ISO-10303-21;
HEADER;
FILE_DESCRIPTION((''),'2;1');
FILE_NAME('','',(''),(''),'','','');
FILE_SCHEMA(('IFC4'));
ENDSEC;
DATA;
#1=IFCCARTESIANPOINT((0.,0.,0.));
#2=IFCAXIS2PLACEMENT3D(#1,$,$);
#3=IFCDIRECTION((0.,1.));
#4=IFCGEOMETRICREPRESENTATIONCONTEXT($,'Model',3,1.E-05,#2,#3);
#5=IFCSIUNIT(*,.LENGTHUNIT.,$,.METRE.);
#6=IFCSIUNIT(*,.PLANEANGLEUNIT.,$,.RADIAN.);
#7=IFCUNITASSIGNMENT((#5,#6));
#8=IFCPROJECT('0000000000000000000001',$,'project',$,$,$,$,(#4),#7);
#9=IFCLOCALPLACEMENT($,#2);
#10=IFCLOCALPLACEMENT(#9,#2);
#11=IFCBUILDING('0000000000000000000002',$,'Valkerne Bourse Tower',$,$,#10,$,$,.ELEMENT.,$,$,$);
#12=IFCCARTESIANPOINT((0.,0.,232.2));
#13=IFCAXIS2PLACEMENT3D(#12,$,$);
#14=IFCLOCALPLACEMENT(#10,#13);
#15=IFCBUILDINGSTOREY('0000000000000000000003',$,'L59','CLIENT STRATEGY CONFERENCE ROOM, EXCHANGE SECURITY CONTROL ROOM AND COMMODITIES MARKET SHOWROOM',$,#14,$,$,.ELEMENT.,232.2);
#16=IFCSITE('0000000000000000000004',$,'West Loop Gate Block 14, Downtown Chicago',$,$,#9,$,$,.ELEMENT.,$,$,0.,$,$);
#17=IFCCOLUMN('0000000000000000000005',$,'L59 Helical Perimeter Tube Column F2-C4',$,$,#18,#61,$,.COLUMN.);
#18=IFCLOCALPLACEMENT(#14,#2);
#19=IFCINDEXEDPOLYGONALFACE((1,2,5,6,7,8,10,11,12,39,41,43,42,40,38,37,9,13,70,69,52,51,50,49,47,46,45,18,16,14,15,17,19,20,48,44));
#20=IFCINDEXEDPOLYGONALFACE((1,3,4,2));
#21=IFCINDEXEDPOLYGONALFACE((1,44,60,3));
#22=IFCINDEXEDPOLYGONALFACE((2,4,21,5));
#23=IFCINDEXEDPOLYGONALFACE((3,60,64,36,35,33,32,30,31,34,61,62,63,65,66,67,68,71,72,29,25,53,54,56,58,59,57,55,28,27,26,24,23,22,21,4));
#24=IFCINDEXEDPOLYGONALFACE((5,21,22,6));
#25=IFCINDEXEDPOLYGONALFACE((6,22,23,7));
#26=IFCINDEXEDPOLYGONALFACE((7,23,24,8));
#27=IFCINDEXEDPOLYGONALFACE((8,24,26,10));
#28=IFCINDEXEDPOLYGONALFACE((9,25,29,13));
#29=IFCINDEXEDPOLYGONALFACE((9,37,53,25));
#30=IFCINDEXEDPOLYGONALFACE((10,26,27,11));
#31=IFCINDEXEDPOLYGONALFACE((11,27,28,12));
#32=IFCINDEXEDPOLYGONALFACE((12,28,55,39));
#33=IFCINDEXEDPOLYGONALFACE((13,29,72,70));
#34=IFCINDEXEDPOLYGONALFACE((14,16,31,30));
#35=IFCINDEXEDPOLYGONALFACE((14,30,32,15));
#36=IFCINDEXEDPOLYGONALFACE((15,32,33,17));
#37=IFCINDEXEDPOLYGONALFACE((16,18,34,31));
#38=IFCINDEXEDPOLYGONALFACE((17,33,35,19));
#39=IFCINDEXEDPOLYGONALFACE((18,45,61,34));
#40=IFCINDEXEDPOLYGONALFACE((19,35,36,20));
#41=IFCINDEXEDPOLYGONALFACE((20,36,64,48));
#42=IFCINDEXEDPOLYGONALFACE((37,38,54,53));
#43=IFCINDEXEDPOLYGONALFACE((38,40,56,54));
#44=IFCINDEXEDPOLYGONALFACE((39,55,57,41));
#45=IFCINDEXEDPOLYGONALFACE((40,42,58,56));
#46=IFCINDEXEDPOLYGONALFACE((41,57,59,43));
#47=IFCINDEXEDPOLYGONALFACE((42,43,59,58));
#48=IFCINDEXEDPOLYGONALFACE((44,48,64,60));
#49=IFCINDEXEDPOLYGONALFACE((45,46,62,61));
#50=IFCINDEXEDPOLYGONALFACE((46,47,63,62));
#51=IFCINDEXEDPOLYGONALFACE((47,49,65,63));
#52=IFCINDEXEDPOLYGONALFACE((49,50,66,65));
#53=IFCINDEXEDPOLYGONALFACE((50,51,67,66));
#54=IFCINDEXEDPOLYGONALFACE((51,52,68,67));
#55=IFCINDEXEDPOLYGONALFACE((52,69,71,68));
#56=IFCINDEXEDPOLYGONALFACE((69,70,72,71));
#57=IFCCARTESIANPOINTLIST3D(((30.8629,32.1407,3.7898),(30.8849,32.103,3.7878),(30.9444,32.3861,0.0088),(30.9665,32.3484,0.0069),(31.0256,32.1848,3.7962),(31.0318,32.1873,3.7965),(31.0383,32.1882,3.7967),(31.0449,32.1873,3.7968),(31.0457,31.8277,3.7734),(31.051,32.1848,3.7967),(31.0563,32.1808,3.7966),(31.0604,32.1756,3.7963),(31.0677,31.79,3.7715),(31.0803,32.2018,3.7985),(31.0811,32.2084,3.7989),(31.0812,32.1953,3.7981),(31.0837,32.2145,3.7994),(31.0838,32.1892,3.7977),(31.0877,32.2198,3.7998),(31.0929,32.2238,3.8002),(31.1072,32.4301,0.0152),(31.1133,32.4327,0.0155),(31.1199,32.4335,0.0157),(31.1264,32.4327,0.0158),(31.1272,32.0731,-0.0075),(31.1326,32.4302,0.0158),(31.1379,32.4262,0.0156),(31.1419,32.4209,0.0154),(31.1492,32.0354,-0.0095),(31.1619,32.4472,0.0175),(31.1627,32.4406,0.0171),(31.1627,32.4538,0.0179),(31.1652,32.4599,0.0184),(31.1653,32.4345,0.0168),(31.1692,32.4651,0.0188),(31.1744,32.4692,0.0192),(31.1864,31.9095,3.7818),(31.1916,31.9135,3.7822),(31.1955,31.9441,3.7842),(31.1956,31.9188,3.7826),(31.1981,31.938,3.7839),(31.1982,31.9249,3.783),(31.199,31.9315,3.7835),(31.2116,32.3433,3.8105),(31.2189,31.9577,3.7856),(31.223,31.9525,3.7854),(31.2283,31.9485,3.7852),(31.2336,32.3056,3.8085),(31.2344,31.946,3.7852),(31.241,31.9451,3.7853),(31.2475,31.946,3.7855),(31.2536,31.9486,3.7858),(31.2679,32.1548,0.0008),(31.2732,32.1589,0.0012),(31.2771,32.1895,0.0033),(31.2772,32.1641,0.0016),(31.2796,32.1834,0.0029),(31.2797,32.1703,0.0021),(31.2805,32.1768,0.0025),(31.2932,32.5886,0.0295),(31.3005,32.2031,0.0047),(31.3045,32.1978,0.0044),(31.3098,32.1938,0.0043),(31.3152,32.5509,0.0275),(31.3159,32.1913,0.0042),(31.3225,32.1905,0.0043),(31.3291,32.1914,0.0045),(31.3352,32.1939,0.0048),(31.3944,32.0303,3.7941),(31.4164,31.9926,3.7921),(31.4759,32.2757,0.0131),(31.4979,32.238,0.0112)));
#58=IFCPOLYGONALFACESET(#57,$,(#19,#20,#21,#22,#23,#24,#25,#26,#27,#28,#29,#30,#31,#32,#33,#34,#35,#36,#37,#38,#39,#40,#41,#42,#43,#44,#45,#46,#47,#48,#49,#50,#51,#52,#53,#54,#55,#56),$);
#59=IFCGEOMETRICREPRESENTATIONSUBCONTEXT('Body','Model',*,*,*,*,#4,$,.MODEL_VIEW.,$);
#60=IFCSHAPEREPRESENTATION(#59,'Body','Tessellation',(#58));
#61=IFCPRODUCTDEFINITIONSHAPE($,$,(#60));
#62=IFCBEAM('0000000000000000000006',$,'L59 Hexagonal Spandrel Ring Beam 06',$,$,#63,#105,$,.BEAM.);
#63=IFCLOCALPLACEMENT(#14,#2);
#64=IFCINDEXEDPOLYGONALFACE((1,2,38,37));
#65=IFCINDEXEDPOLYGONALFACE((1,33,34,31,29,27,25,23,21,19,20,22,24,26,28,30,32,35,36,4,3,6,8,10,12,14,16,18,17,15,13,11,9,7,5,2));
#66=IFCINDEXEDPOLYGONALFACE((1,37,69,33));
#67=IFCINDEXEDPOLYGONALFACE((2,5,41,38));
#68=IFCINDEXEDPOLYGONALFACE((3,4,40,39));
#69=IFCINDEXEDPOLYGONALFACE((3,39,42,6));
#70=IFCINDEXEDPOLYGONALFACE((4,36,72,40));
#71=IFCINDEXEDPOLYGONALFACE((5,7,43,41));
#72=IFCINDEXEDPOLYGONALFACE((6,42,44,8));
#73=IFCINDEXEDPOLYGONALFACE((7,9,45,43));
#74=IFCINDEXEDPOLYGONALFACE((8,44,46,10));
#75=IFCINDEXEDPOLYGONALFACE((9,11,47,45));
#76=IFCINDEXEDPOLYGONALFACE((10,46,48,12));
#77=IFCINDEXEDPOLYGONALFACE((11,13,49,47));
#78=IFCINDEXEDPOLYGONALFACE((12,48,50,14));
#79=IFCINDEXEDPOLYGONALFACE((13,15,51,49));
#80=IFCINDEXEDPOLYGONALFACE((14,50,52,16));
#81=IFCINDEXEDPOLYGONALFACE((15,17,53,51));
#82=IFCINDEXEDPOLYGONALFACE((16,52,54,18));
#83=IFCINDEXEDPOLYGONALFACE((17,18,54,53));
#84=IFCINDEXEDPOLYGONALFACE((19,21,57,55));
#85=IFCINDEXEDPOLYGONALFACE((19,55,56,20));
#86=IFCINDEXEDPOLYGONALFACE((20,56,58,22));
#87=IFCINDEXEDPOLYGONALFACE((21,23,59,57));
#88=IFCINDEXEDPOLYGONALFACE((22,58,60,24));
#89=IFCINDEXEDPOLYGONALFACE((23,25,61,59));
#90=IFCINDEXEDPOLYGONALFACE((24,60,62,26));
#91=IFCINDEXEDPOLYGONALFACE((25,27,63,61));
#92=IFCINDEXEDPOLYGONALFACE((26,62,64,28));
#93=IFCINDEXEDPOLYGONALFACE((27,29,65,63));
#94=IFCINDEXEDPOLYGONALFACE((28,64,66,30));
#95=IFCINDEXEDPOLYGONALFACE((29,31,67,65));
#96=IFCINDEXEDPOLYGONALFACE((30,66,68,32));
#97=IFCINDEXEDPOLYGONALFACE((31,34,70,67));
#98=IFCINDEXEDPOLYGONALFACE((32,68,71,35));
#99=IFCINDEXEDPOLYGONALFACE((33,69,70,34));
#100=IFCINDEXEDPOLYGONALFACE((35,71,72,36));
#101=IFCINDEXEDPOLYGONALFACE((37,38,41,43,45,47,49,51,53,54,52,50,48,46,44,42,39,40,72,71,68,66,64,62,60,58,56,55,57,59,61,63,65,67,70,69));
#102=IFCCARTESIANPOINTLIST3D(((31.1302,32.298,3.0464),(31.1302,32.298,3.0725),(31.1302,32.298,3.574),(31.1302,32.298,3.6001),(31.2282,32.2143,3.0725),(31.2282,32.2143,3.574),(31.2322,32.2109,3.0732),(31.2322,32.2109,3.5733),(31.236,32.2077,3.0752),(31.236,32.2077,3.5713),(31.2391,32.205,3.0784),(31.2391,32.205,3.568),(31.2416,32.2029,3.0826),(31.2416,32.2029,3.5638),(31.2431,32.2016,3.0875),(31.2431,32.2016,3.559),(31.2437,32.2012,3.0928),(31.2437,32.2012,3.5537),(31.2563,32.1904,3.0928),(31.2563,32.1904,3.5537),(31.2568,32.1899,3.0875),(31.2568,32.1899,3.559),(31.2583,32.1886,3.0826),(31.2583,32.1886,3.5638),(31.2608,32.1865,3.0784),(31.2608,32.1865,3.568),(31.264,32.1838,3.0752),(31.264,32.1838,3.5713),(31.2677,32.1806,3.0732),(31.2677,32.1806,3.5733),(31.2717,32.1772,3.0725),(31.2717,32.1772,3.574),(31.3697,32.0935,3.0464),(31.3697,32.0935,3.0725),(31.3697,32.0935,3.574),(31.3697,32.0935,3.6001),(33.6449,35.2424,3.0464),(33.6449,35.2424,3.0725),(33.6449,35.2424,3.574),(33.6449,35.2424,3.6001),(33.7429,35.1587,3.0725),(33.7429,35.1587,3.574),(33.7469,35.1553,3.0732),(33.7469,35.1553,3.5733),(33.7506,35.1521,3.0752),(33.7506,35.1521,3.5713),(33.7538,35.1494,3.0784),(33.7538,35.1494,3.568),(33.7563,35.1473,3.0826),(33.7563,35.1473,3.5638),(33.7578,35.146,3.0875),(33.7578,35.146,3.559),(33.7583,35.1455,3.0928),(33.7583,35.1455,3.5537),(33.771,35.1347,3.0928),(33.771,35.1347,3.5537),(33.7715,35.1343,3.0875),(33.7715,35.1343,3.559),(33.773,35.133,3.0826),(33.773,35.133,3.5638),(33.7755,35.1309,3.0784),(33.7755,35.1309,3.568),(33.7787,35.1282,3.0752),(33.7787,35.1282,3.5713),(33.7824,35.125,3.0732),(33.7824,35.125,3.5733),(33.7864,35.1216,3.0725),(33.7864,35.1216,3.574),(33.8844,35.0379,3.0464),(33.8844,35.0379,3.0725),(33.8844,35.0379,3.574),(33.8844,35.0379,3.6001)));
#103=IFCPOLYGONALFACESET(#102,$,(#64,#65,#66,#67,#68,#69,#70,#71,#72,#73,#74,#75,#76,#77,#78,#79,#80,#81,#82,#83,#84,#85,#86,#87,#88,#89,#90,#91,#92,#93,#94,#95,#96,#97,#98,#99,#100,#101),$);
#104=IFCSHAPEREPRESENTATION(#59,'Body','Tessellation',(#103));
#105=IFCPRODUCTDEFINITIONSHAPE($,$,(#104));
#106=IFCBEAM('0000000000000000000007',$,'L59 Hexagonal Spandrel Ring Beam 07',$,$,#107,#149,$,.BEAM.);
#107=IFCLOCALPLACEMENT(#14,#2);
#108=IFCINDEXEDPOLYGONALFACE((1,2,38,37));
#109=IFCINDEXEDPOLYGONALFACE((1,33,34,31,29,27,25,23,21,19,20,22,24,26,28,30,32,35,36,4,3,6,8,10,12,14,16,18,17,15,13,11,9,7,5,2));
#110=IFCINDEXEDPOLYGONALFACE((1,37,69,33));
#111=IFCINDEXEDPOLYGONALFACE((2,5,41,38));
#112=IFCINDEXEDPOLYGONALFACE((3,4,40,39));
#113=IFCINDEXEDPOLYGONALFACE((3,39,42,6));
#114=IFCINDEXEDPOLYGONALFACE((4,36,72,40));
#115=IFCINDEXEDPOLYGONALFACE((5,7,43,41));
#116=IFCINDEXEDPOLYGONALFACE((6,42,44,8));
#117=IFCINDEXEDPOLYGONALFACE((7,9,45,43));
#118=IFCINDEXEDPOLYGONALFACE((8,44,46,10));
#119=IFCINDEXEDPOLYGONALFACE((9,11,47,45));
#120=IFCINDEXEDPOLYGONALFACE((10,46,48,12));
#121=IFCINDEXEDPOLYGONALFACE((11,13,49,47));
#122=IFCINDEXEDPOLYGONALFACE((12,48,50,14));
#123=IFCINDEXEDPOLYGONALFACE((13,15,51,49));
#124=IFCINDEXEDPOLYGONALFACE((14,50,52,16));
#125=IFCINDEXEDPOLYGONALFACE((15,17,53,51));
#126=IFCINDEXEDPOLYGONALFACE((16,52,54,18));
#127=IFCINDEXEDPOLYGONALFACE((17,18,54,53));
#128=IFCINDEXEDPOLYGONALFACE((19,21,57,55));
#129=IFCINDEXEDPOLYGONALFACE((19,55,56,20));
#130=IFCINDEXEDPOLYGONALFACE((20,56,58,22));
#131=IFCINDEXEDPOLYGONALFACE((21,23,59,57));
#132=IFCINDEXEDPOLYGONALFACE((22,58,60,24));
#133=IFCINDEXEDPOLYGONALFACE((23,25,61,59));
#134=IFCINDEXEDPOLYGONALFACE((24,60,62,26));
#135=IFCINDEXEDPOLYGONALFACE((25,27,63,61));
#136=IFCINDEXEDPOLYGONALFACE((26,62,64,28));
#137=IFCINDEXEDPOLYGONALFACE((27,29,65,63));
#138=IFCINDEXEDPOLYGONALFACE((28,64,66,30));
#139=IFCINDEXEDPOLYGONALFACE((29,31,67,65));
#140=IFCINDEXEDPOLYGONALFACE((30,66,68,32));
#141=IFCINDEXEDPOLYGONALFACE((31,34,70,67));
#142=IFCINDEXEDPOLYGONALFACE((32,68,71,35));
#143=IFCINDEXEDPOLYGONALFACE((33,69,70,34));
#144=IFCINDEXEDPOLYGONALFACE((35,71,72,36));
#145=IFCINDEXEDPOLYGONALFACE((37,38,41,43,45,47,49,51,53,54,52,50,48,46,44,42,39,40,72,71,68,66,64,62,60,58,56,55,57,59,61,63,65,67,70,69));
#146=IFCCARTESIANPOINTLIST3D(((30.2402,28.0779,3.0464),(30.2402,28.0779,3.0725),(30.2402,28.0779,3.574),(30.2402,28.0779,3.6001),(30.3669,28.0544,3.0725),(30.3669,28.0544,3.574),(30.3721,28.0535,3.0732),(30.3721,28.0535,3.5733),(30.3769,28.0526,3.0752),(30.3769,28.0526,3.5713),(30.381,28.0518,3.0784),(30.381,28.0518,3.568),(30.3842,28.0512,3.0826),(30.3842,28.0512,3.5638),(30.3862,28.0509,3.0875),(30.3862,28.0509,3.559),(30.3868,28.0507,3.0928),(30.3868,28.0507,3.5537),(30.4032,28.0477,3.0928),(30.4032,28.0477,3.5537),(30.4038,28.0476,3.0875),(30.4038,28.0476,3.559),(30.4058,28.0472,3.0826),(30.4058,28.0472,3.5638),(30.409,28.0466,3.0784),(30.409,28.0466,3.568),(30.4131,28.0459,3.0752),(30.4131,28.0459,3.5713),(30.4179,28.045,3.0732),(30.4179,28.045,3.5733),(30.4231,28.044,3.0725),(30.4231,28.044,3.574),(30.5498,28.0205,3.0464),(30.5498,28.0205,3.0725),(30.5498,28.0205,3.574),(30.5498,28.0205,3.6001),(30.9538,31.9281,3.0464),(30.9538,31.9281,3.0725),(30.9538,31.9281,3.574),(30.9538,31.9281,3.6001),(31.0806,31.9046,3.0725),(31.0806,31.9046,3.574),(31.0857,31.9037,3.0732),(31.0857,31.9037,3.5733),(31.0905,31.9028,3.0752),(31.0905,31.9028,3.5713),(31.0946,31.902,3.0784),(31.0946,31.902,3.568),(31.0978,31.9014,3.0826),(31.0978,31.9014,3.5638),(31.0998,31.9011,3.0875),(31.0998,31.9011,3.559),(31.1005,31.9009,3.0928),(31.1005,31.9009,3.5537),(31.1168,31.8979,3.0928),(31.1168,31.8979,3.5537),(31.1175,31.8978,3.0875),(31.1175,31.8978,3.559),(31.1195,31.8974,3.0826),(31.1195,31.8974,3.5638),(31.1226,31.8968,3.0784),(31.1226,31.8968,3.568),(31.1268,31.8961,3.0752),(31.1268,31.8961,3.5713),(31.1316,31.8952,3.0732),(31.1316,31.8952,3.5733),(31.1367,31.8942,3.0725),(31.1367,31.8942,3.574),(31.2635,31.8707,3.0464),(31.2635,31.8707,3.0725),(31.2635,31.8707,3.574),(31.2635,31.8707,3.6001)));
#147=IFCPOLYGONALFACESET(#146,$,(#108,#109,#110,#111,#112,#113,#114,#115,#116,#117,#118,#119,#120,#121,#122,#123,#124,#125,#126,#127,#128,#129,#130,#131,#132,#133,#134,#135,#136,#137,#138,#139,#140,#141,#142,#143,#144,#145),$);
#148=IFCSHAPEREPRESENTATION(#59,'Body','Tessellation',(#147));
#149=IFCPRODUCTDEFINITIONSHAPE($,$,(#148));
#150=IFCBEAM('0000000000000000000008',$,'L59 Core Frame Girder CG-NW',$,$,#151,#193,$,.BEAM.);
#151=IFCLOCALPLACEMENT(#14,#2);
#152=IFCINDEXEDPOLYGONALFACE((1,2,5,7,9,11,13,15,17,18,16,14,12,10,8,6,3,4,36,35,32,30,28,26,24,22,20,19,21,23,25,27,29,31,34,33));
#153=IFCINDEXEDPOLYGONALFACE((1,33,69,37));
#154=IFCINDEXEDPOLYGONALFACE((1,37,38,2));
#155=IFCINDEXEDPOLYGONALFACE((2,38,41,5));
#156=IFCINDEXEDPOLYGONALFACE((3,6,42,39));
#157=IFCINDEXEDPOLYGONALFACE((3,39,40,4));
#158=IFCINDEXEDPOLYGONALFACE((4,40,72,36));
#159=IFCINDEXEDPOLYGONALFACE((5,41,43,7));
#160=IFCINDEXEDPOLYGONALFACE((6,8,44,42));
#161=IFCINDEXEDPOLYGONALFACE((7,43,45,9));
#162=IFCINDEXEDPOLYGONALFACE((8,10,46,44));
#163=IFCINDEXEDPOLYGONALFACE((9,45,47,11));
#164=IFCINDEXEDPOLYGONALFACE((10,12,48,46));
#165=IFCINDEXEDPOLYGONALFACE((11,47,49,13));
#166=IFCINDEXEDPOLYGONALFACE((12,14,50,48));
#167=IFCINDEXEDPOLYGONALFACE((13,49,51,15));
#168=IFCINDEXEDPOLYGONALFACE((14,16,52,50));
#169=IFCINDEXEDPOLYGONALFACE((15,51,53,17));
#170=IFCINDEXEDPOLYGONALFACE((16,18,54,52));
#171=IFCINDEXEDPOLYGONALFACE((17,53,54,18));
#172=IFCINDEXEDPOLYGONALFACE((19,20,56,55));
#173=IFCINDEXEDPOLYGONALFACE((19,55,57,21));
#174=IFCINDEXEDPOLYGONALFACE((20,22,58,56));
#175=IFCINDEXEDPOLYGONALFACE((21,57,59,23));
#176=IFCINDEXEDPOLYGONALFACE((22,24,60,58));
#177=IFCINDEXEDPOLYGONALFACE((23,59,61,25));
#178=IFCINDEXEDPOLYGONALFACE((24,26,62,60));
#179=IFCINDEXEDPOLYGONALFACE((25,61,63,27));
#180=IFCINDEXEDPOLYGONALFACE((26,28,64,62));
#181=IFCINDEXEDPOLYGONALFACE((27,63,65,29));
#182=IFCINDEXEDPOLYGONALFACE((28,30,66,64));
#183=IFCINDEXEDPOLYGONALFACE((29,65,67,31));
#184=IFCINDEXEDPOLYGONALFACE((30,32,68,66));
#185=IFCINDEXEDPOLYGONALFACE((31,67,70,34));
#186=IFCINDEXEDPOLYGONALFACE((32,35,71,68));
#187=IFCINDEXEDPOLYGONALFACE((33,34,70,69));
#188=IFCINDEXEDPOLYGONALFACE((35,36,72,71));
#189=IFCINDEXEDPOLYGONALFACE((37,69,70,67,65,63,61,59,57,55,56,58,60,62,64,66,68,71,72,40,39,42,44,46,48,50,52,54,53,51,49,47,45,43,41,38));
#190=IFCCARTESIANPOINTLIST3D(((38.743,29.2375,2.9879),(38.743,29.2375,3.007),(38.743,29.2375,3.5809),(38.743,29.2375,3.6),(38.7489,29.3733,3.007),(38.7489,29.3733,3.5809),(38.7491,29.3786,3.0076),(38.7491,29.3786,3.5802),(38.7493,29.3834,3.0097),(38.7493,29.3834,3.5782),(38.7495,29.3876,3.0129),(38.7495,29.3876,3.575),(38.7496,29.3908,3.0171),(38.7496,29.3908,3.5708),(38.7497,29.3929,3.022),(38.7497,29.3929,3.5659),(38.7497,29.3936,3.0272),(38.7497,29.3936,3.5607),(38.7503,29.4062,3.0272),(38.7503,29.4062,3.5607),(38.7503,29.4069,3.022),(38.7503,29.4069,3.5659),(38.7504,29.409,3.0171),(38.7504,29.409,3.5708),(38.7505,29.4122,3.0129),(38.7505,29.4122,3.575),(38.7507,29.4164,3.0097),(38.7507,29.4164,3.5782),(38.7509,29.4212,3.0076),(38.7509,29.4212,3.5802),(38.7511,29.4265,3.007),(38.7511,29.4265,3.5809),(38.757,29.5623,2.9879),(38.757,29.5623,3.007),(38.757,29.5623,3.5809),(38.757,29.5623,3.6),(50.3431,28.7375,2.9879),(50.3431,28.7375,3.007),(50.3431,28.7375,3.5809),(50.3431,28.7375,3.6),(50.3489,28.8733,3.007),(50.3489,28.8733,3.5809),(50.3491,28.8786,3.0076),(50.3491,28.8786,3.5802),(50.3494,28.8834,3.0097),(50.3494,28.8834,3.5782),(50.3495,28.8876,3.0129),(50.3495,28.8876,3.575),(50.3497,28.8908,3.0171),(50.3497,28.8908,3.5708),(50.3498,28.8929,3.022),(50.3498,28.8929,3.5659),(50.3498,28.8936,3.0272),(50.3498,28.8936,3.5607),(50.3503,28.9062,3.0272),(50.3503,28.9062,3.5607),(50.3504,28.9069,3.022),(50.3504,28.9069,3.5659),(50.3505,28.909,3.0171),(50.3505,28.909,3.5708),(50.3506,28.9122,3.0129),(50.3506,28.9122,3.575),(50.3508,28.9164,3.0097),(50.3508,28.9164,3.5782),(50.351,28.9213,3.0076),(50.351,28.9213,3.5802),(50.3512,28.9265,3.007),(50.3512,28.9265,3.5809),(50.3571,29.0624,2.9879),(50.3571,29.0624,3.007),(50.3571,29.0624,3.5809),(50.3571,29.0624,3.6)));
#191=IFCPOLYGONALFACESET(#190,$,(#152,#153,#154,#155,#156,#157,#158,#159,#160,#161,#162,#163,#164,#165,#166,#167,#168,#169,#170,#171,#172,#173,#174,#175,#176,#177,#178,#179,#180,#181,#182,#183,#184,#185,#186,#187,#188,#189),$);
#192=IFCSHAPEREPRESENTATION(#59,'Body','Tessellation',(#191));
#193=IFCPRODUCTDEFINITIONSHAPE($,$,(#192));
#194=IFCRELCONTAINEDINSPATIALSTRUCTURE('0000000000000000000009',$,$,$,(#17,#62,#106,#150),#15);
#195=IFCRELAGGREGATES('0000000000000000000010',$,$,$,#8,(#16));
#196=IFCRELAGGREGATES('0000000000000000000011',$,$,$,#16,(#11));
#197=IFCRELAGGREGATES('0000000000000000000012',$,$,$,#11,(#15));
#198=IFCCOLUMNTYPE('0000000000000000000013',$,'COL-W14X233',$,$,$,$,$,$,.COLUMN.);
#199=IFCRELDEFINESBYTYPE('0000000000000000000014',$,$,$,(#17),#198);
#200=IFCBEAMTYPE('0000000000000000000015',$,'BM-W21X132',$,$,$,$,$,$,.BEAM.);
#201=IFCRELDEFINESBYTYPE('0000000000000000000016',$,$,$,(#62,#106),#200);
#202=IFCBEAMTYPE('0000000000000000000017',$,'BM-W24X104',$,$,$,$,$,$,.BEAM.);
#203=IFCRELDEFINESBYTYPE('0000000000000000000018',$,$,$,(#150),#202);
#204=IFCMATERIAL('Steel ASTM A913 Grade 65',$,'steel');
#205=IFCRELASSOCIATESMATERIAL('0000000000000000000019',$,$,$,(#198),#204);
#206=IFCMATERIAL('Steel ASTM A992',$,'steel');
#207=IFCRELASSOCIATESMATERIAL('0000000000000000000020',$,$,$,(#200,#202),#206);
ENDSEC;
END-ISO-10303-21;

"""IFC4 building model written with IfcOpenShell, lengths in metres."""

from ifc_helpers import new_model, si_unit, direction, frame, origin, origin_2d, place, context, subcontext, project, spatial, i_section, extrude, material, material_profile, profile_set, type_object, element, save


model = new_model("IFC4")

# Units and contexts
model_context = context("Model", 3, precision=1e-05, world=origin(), true_north=direction((0.0, 1.0)))
body_context = subcontext(model_context, "Body", "Model", "MODEL_VIEW")
ifc_project = project(units=[si_unit("LENGTHUNIT", "METRE"), si_unit("PLANEANGLEUNIT", "RADIAN")], contexts=[model_context])

# Site, building, storey
site_placement = place(None, origin())
site = spatial("IfcSite", under=ifc_project, at=site_placement, Name="West Loop Gate Block 14, Downtown Chicago", CompositionType="ELEMENT", RefElevation=0.0)
building_placement = place(site_placement, origin())
building = spatial("IfcBuilding", under=site, at=building_placement, Name="Valkerne Bourse Tower", CompositionType="ELEMENT")
storey_placement = place(building_placement, frame((0.0, 0.0, 232.2)))
storey = spatial("IfcBuildingStorey", under=building, at=storey_placement, Name="L59", Description="CLIENT STRATEGY CONFERENCE ROOM, EXCHANGE SECURITY CONTROL ROOM AND COMMODITIES MARKET SHOWROOM", CompositionType="ELEMENT", Elevation=232.2)

# Column
ifc_material_1 = material(Name="Steel ASTM A913 Grade 65", Category="steel")
ifc_material_profile_1 = material_profile(ifc_material_1, i_section(OverallWidth=0.4038, OverallDepth=0.4065, WebThickness=0.0271, FlangeThickness=0.0437, FilletRadius=0.0254, at=origin_2d()), Name="W14X233")
ifc_profile_set_1 = profile_set([ifc_material_profile_1], Name="Steel ASTM A913 Grade 65")
column_type = type_object("IfcColumnType", Name="COL-W14X233", PredefinedType="COLUMN", material=ifc_profile_set_1)
column_placement = place(storey_placement, frame((31.2212, 32.312, 0.01), z_axis=(-0.021516, -0.064742, 0.99767), x_axis=(-0.86358, -0.501608, -0.051175)))
element("IfcColumn", 1, at=column_placement, inside=storey, type_object=column_type, Name="L59 Helical Perimeter Tube Column F2-C4", PredefinedType="COLUMN", context=body_context, shape_type="SweptSolid", body=[
    extrude(i_section(OverallWidth=0.4038, OverallDepth=0.4065, WebThickness=0.0271, FlangeThickness=0.0437, FilletRadius=0.0254, at=origin_2d()), origin(), (0.0, 0.0, 1.0), 3.7898),
])

# Beams
ifc_material_2 = material(Name="Steel ASTM A992", Category="steel")
ifc_material_profile_2 = material_profile(ifc_material_2, i_section(OverallWidth=0.3149, OverallDepth=0.5537, WebThickness=0.0166, FlangeThickness=0.0261, FilletRadius=0.0203, at=origin_2d()), Name="W21X132")
ifc_profile_set_2 = profile_set([ifc_material_profile_2], Name="Steel ASTM A992")
beam_type_1 = type_object("IfcBeamType", Name="BM-W21X132", PredefinedType="BEAM", material=ifc_profile_set_2)
beam_1_placement = place(storey_placement, frame((33.7646, 35.1401, 3.3232), z_axis=(-0.64944, -0.760413, 0.0), x_axis=(0.760413, -0.64944, 0.0)))
element("IfcBeam", 2, at=beam_1_placement, inside=storey, type_object=beam_type_1, Name="L59 Hexagonal Spandrel Ring Beam 06", PredefinedType="BEAM", context=body_context, shape_type="SweptSolid", body=[
    extrude(i_section(OverallWidth=0.3149, OverallDepth=0.5537, WebThickness=0.0166, FlangeThickness=0.0261, FilletRadius=0.0203, at=origin_2d()), origin(), (0.0, 0.0, 1.0), 3.8721),
])
beam_2_placement = place(storey_placement, frame((31.1086, 31.8994, 3.3232), z_axis=(-0.182248, -0.983253, 0.0), x_axis=(0.983253, -0.182248, 0.0)))
element("IfcBeam", 3, at=beam_2_placement, inside=storey, type_object=beam_type_1, Name="L59 Hexagonal Spandrel Ring Beam 07", PredefinedType="BEAM", context=body_context, shape_type="SweptSolid", body=[
    extrude(i_section(OverallWidth=0.3149, OverallDepth=0.5537, WebThickness=0.0166, FlangeThickness=0.0261, FilletRadius=0.0203, at=origin_2d()), origin(), (0.0, 0.0, 1.0), 3.9158),
])
ifc_material_profile_3 = material_profile(ifc_material_2, i_section(OverallWidth=0.3252, OverallDepth=0.6121, WebThickness=0.0127, FlangeThickness=0.019, FilletRadius=0.0203, at=origin_2d()), Name="W24X104")
ifc_profile_set_3 = profile_set([ifc_material_profile_3], Name="Steel ASTM A992")
beam_type_2 = type_object("IfcBeamType", Name="BM-W24X104", PredefinedType="BEAM", material=ifc_profile_set_3)
beam_3_placement = place(storey_placement, frame((38.75, 29.3999, 3.2939), z_axis=(0.999072, -0.043063, 0.0), x_axis=(0.043063, 0.999072, 0.0)))
element("IfcBeam", 4, at=beam_3_placement, inside=storey, type_object=beam_type_2, Name="L59 Core Frame Girder CG-NW", PredefinedType="BEAM", context=body_context, shape_type="SweptSolid", body=[
    extrude(i_section(OverallWidth=0.3252, OverallDepth=0.6121, WebThickness=0.0127, FlangeThickness=0.019, FilletRadius=0.0203, at=origin_2d()), origin(), (0.0, 0.0, 1.0), 11.6108),
])

save(model, "model.ifc")
